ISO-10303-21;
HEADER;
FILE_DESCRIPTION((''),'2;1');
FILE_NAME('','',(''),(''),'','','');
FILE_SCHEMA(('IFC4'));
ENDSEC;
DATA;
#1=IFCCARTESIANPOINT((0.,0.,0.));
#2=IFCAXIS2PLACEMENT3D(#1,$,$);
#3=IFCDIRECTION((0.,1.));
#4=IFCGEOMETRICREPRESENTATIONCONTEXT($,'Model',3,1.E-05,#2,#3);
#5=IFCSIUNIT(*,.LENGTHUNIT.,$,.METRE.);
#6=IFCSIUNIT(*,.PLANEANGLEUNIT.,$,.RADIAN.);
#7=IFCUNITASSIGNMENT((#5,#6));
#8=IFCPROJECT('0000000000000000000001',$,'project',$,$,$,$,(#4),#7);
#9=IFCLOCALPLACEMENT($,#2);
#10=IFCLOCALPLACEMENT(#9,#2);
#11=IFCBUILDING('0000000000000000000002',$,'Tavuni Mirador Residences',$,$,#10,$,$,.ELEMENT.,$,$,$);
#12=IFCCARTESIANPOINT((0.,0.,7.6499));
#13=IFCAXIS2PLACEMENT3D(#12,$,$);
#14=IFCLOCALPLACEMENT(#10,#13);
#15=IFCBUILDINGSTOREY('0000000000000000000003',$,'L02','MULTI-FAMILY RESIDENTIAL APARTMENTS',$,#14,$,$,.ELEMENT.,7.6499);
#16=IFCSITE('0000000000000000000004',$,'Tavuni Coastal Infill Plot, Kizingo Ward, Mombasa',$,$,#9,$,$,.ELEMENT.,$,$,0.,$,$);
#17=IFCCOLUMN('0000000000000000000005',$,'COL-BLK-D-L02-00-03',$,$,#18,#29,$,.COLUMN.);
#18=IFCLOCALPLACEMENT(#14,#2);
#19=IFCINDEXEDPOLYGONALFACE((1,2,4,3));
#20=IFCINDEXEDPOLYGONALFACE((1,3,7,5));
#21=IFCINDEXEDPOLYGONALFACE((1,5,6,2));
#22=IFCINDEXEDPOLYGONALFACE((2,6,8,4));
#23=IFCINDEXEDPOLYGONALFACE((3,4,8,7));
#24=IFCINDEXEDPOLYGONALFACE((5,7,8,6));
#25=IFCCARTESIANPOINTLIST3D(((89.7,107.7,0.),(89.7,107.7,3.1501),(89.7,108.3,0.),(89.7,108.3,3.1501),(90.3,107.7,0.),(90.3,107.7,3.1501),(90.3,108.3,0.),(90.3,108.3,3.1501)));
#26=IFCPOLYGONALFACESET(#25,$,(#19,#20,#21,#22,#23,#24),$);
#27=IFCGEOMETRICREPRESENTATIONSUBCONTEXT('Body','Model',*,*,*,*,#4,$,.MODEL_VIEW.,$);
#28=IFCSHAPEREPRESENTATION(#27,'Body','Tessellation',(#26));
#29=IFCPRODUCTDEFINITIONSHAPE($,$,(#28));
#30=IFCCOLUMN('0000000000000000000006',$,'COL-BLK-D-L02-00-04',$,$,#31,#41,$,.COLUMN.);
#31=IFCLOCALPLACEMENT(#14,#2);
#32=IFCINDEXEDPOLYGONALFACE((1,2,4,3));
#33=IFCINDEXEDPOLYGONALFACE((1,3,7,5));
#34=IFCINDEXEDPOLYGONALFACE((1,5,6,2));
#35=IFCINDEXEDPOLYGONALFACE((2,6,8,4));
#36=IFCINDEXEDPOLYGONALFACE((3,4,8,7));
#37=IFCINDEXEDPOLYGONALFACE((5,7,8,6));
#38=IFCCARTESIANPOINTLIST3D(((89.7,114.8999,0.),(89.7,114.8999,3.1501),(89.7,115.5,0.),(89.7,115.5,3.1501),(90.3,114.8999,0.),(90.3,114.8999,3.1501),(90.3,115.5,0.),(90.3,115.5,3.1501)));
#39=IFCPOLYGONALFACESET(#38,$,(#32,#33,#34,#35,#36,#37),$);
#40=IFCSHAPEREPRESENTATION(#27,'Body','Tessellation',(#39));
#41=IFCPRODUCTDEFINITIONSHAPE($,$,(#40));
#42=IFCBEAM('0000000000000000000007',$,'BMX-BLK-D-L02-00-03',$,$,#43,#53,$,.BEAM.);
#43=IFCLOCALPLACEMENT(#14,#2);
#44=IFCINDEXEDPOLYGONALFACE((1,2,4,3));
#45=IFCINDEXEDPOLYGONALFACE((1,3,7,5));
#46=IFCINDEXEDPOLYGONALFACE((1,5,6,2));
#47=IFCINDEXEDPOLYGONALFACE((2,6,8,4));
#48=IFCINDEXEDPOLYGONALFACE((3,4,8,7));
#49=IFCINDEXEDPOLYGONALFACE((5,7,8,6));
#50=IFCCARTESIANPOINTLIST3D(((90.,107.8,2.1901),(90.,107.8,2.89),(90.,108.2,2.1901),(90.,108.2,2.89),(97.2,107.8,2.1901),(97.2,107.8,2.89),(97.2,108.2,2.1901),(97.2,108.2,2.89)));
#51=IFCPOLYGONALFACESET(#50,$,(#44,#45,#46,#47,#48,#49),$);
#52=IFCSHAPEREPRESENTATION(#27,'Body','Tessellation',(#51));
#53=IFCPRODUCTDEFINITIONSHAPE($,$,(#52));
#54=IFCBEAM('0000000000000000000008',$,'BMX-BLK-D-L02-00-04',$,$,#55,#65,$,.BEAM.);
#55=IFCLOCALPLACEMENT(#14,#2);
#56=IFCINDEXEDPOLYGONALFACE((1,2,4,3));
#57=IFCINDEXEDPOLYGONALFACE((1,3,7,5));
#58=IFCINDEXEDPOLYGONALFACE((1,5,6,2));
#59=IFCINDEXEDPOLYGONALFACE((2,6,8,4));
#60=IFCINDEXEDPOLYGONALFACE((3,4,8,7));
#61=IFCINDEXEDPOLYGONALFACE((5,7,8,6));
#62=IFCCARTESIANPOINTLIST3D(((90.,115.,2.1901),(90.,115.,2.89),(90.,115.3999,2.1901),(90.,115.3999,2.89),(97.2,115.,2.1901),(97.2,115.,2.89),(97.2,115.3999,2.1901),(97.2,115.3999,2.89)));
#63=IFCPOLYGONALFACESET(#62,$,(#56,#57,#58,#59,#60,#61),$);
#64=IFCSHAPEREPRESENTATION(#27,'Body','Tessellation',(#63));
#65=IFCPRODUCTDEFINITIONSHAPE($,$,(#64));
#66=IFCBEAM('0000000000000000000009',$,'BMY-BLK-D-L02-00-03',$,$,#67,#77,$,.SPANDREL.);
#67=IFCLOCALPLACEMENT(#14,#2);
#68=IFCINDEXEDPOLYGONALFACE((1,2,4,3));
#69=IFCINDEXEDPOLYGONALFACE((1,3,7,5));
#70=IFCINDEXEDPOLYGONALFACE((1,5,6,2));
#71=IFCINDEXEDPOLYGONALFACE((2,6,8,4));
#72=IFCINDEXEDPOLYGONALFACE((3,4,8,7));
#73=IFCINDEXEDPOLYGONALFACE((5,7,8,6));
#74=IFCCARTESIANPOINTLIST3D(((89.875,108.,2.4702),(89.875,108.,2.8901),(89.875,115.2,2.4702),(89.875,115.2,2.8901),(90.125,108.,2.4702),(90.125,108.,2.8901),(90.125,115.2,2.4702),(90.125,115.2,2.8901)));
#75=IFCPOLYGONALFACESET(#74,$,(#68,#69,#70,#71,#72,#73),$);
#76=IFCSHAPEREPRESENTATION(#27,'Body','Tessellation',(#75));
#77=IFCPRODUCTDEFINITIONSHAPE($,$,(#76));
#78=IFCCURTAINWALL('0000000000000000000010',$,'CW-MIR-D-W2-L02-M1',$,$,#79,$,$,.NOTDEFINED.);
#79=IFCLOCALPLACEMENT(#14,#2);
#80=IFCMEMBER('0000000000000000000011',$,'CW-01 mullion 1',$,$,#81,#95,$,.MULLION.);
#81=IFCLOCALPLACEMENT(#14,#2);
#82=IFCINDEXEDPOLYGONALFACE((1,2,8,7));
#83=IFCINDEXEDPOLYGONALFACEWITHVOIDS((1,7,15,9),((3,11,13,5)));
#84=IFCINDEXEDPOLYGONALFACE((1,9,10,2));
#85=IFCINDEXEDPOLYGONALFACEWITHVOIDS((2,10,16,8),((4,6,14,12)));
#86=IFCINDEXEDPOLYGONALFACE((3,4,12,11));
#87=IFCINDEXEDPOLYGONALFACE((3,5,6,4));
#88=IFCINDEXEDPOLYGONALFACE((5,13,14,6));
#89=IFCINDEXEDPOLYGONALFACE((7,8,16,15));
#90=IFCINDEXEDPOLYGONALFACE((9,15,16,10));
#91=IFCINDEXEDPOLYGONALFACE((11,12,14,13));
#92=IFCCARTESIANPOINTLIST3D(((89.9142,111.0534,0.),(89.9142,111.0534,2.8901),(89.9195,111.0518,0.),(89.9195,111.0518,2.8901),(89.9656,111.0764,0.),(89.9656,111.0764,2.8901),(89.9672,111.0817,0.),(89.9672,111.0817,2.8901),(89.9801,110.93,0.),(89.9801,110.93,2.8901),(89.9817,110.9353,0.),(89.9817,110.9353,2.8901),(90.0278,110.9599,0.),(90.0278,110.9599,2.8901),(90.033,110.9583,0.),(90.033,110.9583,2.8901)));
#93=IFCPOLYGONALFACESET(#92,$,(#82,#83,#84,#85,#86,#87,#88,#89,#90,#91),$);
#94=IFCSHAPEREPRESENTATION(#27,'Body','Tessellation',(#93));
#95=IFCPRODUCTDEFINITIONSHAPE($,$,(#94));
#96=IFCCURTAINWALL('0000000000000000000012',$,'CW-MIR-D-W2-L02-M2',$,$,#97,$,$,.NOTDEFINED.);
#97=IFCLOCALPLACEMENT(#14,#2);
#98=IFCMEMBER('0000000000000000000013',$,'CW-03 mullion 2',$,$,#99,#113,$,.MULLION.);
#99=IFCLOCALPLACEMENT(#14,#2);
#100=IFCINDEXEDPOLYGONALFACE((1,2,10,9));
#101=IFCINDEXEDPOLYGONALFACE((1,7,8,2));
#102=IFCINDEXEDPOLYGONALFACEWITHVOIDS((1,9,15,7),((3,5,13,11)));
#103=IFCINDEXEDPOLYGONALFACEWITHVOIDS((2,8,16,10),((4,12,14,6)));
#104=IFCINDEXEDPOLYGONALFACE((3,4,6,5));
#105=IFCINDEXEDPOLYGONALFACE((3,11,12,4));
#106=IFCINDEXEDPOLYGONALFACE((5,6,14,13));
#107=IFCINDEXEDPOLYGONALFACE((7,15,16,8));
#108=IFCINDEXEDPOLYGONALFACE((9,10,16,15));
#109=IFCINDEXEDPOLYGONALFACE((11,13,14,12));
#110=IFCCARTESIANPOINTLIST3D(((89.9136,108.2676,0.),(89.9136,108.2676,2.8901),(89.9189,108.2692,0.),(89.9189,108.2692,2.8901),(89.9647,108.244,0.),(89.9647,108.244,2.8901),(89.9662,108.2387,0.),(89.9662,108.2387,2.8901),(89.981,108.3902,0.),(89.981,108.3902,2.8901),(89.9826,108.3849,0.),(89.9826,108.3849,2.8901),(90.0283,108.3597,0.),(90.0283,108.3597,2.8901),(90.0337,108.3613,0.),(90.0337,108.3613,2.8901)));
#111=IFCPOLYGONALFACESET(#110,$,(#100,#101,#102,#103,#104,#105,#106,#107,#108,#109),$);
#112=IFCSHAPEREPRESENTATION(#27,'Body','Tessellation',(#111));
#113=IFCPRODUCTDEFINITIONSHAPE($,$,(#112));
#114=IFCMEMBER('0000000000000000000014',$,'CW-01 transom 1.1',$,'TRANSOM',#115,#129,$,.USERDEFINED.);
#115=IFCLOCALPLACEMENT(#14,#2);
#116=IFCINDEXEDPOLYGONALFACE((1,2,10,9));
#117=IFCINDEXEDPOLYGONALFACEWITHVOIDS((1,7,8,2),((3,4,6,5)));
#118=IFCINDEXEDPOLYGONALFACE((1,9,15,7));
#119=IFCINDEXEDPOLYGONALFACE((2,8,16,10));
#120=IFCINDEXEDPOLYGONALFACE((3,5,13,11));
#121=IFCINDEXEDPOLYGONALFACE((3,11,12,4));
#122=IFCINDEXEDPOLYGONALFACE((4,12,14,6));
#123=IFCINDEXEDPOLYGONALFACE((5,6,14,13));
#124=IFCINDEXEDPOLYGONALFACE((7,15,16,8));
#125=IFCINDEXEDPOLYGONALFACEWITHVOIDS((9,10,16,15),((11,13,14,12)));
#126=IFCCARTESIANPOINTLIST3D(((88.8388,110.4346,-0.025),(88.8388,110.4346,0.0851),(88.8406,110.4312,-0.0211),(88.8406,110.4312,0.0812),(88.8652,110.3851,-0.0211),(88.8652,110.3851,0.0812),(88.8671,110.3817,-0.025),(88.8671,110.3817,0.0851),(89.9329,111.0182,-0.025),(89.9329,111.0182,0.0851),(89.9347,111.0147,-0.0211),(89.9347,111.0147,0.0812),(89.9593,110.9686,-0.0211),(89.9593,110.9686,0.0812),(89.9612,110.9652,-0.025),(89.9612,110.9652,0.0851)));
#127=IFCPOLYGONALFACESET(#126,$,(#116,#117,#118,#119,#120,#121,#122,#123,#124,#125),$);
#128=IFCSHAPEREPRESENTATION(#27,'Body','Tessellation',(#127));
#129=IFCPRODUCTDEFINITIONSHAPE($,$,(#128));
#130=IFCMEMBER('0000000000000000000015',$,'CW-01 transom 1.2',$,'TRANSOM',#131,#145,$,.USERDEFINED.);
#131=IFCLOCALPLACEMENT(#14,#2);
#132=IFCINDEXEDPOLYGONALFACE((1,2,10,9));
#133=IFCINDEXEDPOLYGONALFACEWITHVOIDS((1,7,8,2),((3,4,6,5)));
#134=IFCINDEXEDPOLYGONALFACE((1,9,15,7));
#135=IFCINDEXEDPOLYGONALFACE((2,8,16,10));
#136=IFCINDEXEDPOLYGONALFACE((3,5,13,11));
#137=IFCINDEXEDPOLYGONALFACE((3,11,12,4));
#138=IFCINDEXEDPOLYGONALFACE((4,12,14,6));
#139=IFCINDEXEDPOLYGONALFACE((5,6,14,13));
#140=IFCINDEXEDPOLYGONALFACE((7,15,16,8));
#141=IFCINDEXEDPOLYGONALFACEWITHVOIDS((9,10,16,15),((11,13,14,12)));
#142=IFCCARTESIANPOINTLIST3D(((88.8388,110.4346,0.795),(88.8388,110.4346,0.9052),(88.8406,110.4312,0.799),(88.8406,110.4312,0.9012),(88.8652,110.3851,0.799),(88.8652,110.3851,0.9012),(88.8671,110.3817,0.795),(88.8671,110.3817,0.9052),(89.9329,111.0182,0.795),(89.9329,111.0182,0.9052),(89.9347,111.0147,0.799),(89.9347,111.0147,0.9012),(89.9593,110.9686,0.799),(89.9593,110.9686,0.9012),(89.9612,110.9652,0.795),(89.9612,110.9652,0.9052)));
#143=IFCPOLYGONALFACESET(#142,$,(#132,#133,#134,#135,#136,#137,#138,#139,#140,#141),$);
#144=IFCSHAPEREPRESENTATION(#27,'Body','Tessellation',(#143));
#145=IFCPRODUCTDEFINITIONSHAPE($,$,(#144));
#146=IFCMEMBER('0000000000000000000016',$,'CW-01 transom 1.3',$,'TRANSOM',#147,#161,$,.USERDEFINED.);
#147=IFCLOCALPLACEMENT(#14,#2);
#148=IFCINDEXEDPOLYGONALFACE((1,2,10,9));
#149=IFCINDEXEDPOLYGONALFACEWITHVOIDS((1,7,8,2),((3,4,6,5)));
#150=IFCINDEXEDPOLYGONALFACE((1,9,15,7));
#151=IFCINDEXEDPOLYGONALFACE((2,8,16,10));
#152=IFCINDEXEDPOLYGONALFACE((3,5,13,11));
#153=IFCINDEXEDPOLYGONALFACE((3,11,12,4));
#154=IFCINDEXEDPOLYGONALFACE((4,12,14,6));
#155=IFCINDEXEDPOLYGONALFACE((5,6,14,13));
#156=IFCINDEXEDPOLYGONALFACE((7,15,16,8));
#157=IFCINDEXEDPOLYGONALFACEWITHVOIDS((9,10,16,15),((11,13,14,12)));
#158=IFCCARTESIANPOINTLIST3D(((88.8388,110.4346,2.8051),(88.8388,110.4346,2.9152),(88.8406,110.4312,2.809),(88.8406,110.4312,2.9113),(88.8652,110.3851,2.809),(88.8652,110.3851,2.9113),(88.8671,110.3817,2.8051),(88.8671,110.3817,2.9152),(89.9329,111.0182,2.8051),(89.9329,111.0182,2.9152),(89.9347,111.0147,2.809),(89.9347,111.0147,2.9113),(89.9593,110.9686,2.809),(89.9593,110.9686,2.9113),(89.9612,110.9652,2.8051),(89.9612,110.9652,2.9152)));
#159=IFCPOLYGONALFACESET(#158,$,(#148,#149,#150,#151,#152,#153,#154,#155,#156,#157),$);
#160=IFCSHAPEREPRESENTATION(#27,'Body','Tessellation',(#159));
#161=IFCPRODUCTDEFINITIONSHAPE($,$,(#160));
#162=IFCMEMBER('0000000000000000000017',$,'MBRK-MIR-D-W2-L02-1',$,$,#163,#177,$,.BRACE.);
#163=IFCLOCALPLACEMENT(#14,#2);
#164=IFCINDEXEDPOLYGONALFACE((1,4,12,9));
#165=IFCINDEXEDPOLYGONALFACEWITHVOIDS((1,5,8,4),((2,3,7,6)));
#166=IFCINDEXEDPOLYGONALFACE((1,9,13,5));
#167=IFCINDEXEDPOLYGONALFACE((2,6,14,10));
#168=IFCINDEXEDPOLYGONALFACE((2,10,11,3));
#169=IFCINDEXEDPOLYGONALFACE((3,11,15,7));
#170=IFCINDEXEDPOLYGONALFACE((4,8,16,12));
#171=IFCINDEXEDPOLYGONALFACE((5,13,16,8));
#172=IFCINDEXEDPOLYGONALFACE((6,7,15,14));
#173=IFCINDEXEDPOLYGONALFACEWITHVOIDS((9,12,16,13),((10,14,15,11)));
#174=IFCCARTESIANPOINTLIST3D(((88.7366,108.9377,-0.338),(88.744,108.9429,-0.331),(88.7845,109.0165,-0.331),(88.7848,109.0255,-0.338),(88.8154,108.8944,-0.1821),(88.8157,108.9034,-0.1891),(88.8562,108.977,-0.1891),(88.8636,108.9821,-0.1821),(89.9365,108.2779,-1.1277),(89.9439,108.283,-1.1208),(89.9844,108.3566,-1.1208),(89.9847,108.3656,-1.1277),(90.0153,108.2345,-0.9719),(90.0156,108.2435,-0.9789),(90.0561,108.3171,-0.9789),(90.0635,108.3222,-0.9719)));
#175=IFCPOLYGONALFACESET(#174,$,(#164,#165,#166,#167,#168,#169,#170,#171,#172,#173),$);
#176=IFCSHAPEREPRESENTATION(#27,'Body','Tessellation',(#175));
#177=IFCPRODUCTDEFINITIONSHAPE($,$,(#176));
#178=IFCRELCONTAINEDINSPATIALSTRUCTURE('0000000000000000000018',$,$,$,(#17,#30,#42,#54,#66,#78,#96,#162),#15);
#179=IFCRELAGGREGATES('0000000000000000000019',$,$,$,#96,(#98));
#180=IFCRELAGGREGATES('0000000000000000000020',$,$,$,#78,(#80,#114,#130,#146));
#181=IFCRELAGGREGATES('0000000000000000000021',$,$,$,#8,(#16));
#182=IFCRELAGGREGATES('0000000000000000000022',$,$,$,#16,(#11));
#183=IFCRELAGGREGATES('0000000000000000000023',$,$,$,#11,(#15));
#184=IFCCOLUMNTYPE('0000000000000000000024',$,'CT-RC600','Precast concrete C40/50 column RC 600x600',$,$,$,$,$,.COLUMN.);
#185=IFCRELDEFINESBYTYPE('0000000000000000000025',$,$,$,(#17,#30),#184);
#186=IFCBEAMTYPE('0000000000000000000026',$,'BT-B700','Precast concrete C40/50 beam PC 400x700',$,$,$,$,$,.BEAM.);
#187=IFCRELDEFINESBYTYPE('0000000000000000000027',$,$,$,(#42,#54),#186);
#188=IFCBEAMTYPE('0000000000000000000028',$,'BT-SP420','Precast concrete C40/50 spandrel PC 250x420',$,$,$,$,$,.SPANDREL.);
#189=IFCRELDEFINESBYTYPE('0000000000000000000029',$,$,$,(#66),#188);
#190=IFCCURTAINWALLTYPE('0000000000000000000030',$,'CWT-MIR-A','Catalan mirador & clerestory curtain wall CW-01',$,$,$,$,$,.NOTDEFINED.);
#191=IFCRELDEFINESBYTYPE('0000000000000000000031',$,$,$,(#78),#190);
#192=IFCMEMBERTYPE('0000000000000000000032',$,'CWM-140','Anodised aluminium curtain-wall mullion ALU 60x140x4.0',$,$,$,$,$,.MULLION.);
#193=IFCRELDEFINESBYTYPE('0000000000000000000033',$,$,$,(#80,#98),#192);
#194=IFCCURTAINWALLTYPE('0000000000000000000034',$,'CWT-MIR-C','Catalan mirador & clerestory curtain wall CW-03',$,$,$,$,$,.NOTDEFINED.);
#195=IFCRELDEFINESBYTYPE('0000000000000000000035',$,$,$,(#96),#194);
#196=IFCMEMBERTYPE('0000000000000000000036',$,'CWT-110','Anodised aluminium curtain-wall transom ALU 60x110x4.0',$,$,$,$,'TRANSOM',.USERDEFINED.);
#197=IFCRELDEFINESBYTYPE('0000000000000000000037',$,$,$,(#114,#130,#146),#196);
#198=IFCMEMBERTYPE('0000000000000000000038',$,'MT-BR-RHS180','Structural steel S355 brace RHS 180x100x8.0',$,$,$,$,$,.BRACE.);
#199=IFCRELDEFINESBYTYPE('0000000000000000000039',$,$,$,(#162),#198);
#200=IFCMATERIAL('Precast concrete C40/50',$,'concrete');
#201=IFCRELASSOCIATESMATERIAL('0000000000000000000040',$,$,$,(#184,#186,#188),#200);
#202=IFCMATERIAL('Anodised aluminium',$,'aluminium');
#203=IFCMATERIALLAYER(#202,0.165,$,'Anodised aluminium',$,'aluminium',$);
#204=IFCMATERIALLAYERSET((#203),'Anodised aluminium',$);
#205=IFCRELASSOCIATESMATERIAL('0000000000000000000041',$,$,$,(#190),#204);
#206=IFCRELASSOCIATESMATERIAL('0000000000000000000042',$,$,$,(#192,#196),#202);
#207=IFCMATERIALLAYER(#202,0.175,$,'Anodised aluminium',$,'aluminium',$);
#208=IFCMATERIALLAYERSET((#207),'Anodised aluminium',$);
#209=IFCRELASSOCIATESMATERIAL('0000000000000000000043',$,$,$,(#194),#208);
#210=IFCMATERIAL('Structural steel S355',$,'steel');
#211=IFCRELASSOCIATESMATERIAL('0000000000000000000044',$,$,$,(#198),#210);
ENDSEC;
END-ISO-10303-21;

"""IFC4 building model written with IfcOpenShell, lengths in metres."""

from ifc_helpers import new_model, si_unit, direction, frame, origin, origin_2d, place, context, subcontext, project, spatial, rectangle, hollow_rectangle, extrude, material, layer, layer_set, material_profile, profile_set, type_object, element, aggregate, save


model = new_model("IFC4")

# Units and contexts
model_context = context("Model", 3, precision=1e-05, world=origin(), true_north=direction((0.0, 1.0)))
body_context = subcontext(model_context, "Body", "Model", "MODEL_VIEW")
ifc_project = project(units=[si_unit("LENGTHUNIT", "METRE"), si_unit("PLANEANGLEUNIT", "RADIAN")], contexts=[model_context])

# Site, building, storey
site_placement = place(None, origin())
site = spatial("IfcSite", under=ifc_project, at=site_placement, Name="Tavuni Coastal Infill Plot, Kizingo Ward, Mombasa", CompositionType="ELEMENT", RefElevation=0.0)
building_placement = place(site_placement, origin())
building = spatial("IfcBuilding", under=site, at=building_placement, Name="Tavuni Mirador Residences", CompositionType="ELEMENT")
storey_placement = place(building_placement, frame((0.0, 0.0, 7.6499)))
storey = spatial("IfcBuildingStorey", under=building, at=storey_placement, Name="L02", Description="MULTI-FAMILY RESIDENTIAL APARTMENTS", CompositionType="ELEMENT", Elevation=7.6499)

# Columns
ifc_material_1 = material(Name="Precast concrete C40/50", Category="concrete")
ifc_material_profile_1 = material_profile(ifc_material_1, rectangle(XDim=0.6001, YDim=0.6001, at=origin_2d()), Name="RC 600x600", Category="concrete")
ifc_profile_set_1 = profile_set([ifc_material_profile_1], Name="Precast concrete C40/50")
column_type = type_object("IfcColumnType", Name="CT-RC600", Description="Precast concrete C40/50 column RC 600x600", PredefinedType="COLUMN", material=ifc_profile_set_1)
for number, where, z_axis, x_axis, name in (
    (1, (90.0, 108.0, 0.0), (0.0, 0.0, 1.0), (1.0, 0.0, 0.0), "COL-BLK-D-L02-00-03"),
    (2, (90.0, 115.2, 0.0), (0.0, 0.0, 1.0), (1.0, 0.0, 0.0), "COL-BLK-D-L02-00-04"),
):
    element("IfcColumn", number, at=place(storey_placement, frame(where, z_axis=z_axis, x_axis=x_axis)), inside=storey, type_object=column_type, Name=name, PredefinedType="COLUMN", context=body_context, shape_type="SweptSolid", body=[
        extrude(rectangle(XDim=0.6001, YDim=0.6001, at=origin_2d()), origin(), (0.0, 0.0, 1.0), 3.1501),
    ])

# Beams
ifc_material_profile_2 = material_profile(ifc_material_1, rectangle(XDim=0.3999, YDim=0.7, at=origin_2d()), Name="PC 400x700", Category="concrete")
ifc_profile_set_2 = profile_set([ifc_material_profile_2], Name="Precast concrete C40/50")
beam_type_1 = type_object("IfcBeamType", Name="BT-B700", Description="Precast concrete C40/50 beam PC 400x700", PredefinedType="BEAM", material=ifc_profile_set_2)
for number, where, z_axis, x_axis, name in (
    (3, (90.0, 108.0, 2.54), (1.0, 0.0, 0.0), (0.0, 1.0, 0.0), "BMX-BLK-D-L02-00-03"),
    (4, (90.0, 115.2, 2.54), (1.0, 0.0, 0.0), (0.0, 1.0, 0.0), "BMX-BLK-D-L02-00-04"),
):
    element("IfcBeam", number, at=place(storey_placement, frame(where, z_axis=z_axis, x_axis=x_axis)), inside=storey, type_object=beam_type_1, Name=name, PredefinedType="BEAM", context=body_context, shape_type="SweptSolid", body=[
        extrude(rectangle(XDim=0.3999, YDim=0.7, at=origin_2d()), origin(), (0.0, 0.0, 1.0), 7.2),
    ])
ifc_material_profile_3 = material_profile(ifc_material_1, rectangle(XDim=0.25, YDim=0.4199, at=origin_2d()), Name="PC 250x420", Category="concrete")
ifc_profile_set_3 = profile_set([ifc_material_profile_3], Name="Precast concrete C40/50")
beam_type_2 = type_object("IfcBeamType", Name="BT-SP420", Description="Precast concrete C40/50 spandrel PC 250x420", PredefinedType="SPANDREL", material=ifc_profile_set_3)
beam_placement = place(storey_placement, frame((90.0, 108.0, 2.6802), z_axis=(0.0, 1.0, 0.0), x_axis=(-1.0, 0.0, 0.0)))
element("IfcBeam", 5, at=beam_placement, inside=storey, type_object=beam_type_2, Name="BMY-BLK-D-L02-00-03", PredefinedType="SPANDREL", context=body_context, shape_type="SweptSolid", body=[
    extrude(rectangle(XDim=0.25, YDim=0.4199, at=origin_2d()), origin(), (0.0, 0.0, 1.0), 7.2),
])

# Curtain walls, members
ifc_material_2 = material(Name="Anodised aluminium", Category="aluminium")
ifc_layer_1 = layer(ifc_material_2, 0.165, Name="Anodised aluminium", Category="aluminium")
ifc_layer_set_1 = layer_set([ifc_layer_1], Name="Anodised aluminium")
curtain_wall_type_1 = type_object("IfcCurtainWallType", Name="CWT-MIR-A", Description="Catalan mirador & clerestory curtain wall CW-01", PredefinedType="NOTDEFINED", material=ifc_layer_set_1)
curtain_wall_1_placement = place(storey_placement, origin())
curtain_wall_1 = element("IfcCurtainWall", 6, at=curtain_wall_1_placement, inside=storey, type_object=curtain_wall_type_1, Name="CW-MIR-D-W2-L02-M1", PredefinedType="NOTDEFINED")
ifc_material_profile_4 = material_profile(ifc_material_2, hollow_rectangle(XDim=0.0601, YDim=0.1399, WallThickness=0.0039, at=origin_2d()), Name="ALU 60x140x4.0", Category="aluminium")
ifc_profile_set_4 = profile_set([ifc_material_profile_4], Name="Anodised aluminium")
member_type_1 = type_object("IfcMemberType", Name="CWM-140", Description="Anodised aluminium curtain-wall mullion ALU 60x140x4.0", PredefinedType="MULLION", material=ifc_profile_set_4)
member_1_placement = place(storey_placement, frame((89.9736, 111.0059, 0.0), z_axis=(0.0, 0.0, 1.0), x_axis=(-0.882353, -0.470588, 0.0)))
member_1 = element("IfcMember", 7, at=member_1_placement, type_object=member_type_1, Name="CW-01 mullion 1", PredefinedType="MULLION", context=body_context, shape_type="SweptSolid", body=[
    extrude(hollow_rectangle(XDim=0.0601, YDim=0.1399, WallThickness=0.0039, at=origin_2d()), origin(), (0.0, 0.0, 1.0), 2.8901),
])
ifc_layer_2 = layer(ifc_material_2, 0.175, Name="Anodised aluminium", Category="aluminium")
ifc_layer_set_2 = layer_set([ifc_layer_2], Name="Anodised aluminium")
curtain_wall_type_2 = type_object("IfcCurtainWallType", Name="CWT-MIR-C", Description="Catalan mirador & clerestory curtain wall CW-03", PredefinedType="NOTDEFINED", material=ifc_layer_set_2)
curtain_wall_2_placement = place(storey_placement, origin())
curtain_wall_2 = element("IfcCurtainWall", 8, at=curtain_wall_2_placement, inside=storey, type_object=curtain_wall_type_2, Name="CW-MIR-D-W2-L02-M2", PredefinedType="NOTDEFINED")
member_2_placement = place(storey_placement, frame((89.9736, 108.3145, 0.0), z_axis=(0.0, 0.0, 1.0), x_axis=(0.876216, -0.481919, 0.0)))
member_2 = element("IfcMember", 9, at=member_2_placement, type_object=member_type_1, Name="CW-03 mullion 2", PredefinedType="MULLION", context=body_context, shape_type="SweptSolid", body=[
    extrude(hollow_rectangle(XDim=0.0601, YDim=0.1399, WallThickness=0.0039, at=origin_2d()), origin(), (0.0, 0.0, 1.0), 2.8901),
])
aggregate(curtain_wall_2, [member_2])

# Members
ifc_material_profile_5 = material_profile(ifc_material_2, hollow_rectangle(XDim=0.0601, YDim=0.1101, WallThickness=0.0039, at=origin_2d()), Name="ALU 60x110x4.0", Category="aluminium")
ifc_profile_set_5 = profile_set([ifc_material_profile_5], Name="Anodised aluminium")
member_type_2 = type_object("IfcMemberType", Name="CWT-110", Description="Anodised aluminium curtain-wall transom ALU 60x110x4.0", ElementType="TRANSOM", PredefinedType="USERDEFINED", material=ifc_profile_set_5)
member_3_placement = place(storey_placement, frame((89.947, 110.9917, 0.03), z_axis=(-0.882342, -0.470609, 0.0), x_axis=(0.470609, -0.882342, 0.0)))
member_3 = element("IfcMember", 10, at=member_3_placement, type_object=member_type_2, Name="CW-01 transom 1.1", ObjectType="TRANSOM", PredefinedType="USERDEFINED", context=body_context, shape_type="SweptSolid", body=[
    extrude(hollow_rectangle(XDim=0.0601, YDim=0.1101, WallThickness=0.0039, at=origin_2d()), origin(), (0.0, 0.0, 1.0), 1.24),
])
member_4_placement = place(storey_placement, frame((89.947, 110.9917, 0.8501), z_axis=(-0.882342, -0.470609, 0.0), x_axis=(0.470609, -0.882342, 0.0)))
member_4 = element("IfcMember", 11, at=member_4_placement, type_object=member_type_2, Name="CW-01 transom 1.2", ObjectType="TRANSOM", PredefinedType="USERDEFINED", context=body_context, shape_type="SweptSolid", body=[
    extrude(hollow_rectangle(XDim=0.0601, YDim=0.1101, WallThickness=0.0039, at=origin_2d()), origin(), (0.0, 0.0, 1.0), 1.24),
])
member_5_placement = place(storey_placement, frame((89.947, 110.9917, 2.8601), z_axis=(-0.882342, -0.470609, 0.0), x_axis=(0.470609, -0.882342, 0.0)))
member_5 = element("IfcMember", 12, at=member_5_placement, type_object=member_type_2, Name="CW-01 transom 1.3", ObjectType="TRANSOM", PredefinedType="USERDEFINED", context=body_context, shape_type="SweptSolid", body=[
    extrude(hollow_rectangle(XDim=0.0601, YDim=0.1101, WallThickness=0.0039, at=origin_2d()), origin(), (0.0, 0.0, 1.0), 1.24),
])
aggregate(curtain_wall_1, [member_1, member_3, member_4, member_5])

# Member
ifc_material_3 = material(Name="Structural steel S355", Category="steel")
ifc_material_profile_6 = material_profile(ifc_material_3, hollow_rectangle(XDim=0.1001, YDim=0.1799, WallThickness=0.0081, at=origin_2d()), Name="RHS 180x100x8.0", Category="steel")
ifc_profile_set_6 = profile_set([ifc_material_profile_6], Name="Structural steel S355")
member_type_3 = type_object("IfcMemberType", Name="MT-BR-RHS180", Description="Structural steel S355 brace RHS 180x100x8.0", PredefinedType="BRACE", material=ifc_profile_set_6)
member_6_placement = place(storey_placement, frame((90.0, 108.3, -1.0498), z_axis=(-0.759046, 0.417437, 0.499596), x_axis=(-0.481885, -0.876235, 0.0)))
element("IfcMember", 13, at=member_6_placement, inside=storey, type_object=member_type_3, Name="MBRK-MIR-D-W2-L02-1", PredefinedType="BRACE", context=body_context, shape_type="SweptSolid", body=[
    extrude(hollow_rectangle(XDim=0.1001, YDim=0.1799, WallThickness=0.0081, at=origin_2d()), origin(), (0.0, 0.0, 1.0), 1.5808),
])

save(model, "model.ifc")
